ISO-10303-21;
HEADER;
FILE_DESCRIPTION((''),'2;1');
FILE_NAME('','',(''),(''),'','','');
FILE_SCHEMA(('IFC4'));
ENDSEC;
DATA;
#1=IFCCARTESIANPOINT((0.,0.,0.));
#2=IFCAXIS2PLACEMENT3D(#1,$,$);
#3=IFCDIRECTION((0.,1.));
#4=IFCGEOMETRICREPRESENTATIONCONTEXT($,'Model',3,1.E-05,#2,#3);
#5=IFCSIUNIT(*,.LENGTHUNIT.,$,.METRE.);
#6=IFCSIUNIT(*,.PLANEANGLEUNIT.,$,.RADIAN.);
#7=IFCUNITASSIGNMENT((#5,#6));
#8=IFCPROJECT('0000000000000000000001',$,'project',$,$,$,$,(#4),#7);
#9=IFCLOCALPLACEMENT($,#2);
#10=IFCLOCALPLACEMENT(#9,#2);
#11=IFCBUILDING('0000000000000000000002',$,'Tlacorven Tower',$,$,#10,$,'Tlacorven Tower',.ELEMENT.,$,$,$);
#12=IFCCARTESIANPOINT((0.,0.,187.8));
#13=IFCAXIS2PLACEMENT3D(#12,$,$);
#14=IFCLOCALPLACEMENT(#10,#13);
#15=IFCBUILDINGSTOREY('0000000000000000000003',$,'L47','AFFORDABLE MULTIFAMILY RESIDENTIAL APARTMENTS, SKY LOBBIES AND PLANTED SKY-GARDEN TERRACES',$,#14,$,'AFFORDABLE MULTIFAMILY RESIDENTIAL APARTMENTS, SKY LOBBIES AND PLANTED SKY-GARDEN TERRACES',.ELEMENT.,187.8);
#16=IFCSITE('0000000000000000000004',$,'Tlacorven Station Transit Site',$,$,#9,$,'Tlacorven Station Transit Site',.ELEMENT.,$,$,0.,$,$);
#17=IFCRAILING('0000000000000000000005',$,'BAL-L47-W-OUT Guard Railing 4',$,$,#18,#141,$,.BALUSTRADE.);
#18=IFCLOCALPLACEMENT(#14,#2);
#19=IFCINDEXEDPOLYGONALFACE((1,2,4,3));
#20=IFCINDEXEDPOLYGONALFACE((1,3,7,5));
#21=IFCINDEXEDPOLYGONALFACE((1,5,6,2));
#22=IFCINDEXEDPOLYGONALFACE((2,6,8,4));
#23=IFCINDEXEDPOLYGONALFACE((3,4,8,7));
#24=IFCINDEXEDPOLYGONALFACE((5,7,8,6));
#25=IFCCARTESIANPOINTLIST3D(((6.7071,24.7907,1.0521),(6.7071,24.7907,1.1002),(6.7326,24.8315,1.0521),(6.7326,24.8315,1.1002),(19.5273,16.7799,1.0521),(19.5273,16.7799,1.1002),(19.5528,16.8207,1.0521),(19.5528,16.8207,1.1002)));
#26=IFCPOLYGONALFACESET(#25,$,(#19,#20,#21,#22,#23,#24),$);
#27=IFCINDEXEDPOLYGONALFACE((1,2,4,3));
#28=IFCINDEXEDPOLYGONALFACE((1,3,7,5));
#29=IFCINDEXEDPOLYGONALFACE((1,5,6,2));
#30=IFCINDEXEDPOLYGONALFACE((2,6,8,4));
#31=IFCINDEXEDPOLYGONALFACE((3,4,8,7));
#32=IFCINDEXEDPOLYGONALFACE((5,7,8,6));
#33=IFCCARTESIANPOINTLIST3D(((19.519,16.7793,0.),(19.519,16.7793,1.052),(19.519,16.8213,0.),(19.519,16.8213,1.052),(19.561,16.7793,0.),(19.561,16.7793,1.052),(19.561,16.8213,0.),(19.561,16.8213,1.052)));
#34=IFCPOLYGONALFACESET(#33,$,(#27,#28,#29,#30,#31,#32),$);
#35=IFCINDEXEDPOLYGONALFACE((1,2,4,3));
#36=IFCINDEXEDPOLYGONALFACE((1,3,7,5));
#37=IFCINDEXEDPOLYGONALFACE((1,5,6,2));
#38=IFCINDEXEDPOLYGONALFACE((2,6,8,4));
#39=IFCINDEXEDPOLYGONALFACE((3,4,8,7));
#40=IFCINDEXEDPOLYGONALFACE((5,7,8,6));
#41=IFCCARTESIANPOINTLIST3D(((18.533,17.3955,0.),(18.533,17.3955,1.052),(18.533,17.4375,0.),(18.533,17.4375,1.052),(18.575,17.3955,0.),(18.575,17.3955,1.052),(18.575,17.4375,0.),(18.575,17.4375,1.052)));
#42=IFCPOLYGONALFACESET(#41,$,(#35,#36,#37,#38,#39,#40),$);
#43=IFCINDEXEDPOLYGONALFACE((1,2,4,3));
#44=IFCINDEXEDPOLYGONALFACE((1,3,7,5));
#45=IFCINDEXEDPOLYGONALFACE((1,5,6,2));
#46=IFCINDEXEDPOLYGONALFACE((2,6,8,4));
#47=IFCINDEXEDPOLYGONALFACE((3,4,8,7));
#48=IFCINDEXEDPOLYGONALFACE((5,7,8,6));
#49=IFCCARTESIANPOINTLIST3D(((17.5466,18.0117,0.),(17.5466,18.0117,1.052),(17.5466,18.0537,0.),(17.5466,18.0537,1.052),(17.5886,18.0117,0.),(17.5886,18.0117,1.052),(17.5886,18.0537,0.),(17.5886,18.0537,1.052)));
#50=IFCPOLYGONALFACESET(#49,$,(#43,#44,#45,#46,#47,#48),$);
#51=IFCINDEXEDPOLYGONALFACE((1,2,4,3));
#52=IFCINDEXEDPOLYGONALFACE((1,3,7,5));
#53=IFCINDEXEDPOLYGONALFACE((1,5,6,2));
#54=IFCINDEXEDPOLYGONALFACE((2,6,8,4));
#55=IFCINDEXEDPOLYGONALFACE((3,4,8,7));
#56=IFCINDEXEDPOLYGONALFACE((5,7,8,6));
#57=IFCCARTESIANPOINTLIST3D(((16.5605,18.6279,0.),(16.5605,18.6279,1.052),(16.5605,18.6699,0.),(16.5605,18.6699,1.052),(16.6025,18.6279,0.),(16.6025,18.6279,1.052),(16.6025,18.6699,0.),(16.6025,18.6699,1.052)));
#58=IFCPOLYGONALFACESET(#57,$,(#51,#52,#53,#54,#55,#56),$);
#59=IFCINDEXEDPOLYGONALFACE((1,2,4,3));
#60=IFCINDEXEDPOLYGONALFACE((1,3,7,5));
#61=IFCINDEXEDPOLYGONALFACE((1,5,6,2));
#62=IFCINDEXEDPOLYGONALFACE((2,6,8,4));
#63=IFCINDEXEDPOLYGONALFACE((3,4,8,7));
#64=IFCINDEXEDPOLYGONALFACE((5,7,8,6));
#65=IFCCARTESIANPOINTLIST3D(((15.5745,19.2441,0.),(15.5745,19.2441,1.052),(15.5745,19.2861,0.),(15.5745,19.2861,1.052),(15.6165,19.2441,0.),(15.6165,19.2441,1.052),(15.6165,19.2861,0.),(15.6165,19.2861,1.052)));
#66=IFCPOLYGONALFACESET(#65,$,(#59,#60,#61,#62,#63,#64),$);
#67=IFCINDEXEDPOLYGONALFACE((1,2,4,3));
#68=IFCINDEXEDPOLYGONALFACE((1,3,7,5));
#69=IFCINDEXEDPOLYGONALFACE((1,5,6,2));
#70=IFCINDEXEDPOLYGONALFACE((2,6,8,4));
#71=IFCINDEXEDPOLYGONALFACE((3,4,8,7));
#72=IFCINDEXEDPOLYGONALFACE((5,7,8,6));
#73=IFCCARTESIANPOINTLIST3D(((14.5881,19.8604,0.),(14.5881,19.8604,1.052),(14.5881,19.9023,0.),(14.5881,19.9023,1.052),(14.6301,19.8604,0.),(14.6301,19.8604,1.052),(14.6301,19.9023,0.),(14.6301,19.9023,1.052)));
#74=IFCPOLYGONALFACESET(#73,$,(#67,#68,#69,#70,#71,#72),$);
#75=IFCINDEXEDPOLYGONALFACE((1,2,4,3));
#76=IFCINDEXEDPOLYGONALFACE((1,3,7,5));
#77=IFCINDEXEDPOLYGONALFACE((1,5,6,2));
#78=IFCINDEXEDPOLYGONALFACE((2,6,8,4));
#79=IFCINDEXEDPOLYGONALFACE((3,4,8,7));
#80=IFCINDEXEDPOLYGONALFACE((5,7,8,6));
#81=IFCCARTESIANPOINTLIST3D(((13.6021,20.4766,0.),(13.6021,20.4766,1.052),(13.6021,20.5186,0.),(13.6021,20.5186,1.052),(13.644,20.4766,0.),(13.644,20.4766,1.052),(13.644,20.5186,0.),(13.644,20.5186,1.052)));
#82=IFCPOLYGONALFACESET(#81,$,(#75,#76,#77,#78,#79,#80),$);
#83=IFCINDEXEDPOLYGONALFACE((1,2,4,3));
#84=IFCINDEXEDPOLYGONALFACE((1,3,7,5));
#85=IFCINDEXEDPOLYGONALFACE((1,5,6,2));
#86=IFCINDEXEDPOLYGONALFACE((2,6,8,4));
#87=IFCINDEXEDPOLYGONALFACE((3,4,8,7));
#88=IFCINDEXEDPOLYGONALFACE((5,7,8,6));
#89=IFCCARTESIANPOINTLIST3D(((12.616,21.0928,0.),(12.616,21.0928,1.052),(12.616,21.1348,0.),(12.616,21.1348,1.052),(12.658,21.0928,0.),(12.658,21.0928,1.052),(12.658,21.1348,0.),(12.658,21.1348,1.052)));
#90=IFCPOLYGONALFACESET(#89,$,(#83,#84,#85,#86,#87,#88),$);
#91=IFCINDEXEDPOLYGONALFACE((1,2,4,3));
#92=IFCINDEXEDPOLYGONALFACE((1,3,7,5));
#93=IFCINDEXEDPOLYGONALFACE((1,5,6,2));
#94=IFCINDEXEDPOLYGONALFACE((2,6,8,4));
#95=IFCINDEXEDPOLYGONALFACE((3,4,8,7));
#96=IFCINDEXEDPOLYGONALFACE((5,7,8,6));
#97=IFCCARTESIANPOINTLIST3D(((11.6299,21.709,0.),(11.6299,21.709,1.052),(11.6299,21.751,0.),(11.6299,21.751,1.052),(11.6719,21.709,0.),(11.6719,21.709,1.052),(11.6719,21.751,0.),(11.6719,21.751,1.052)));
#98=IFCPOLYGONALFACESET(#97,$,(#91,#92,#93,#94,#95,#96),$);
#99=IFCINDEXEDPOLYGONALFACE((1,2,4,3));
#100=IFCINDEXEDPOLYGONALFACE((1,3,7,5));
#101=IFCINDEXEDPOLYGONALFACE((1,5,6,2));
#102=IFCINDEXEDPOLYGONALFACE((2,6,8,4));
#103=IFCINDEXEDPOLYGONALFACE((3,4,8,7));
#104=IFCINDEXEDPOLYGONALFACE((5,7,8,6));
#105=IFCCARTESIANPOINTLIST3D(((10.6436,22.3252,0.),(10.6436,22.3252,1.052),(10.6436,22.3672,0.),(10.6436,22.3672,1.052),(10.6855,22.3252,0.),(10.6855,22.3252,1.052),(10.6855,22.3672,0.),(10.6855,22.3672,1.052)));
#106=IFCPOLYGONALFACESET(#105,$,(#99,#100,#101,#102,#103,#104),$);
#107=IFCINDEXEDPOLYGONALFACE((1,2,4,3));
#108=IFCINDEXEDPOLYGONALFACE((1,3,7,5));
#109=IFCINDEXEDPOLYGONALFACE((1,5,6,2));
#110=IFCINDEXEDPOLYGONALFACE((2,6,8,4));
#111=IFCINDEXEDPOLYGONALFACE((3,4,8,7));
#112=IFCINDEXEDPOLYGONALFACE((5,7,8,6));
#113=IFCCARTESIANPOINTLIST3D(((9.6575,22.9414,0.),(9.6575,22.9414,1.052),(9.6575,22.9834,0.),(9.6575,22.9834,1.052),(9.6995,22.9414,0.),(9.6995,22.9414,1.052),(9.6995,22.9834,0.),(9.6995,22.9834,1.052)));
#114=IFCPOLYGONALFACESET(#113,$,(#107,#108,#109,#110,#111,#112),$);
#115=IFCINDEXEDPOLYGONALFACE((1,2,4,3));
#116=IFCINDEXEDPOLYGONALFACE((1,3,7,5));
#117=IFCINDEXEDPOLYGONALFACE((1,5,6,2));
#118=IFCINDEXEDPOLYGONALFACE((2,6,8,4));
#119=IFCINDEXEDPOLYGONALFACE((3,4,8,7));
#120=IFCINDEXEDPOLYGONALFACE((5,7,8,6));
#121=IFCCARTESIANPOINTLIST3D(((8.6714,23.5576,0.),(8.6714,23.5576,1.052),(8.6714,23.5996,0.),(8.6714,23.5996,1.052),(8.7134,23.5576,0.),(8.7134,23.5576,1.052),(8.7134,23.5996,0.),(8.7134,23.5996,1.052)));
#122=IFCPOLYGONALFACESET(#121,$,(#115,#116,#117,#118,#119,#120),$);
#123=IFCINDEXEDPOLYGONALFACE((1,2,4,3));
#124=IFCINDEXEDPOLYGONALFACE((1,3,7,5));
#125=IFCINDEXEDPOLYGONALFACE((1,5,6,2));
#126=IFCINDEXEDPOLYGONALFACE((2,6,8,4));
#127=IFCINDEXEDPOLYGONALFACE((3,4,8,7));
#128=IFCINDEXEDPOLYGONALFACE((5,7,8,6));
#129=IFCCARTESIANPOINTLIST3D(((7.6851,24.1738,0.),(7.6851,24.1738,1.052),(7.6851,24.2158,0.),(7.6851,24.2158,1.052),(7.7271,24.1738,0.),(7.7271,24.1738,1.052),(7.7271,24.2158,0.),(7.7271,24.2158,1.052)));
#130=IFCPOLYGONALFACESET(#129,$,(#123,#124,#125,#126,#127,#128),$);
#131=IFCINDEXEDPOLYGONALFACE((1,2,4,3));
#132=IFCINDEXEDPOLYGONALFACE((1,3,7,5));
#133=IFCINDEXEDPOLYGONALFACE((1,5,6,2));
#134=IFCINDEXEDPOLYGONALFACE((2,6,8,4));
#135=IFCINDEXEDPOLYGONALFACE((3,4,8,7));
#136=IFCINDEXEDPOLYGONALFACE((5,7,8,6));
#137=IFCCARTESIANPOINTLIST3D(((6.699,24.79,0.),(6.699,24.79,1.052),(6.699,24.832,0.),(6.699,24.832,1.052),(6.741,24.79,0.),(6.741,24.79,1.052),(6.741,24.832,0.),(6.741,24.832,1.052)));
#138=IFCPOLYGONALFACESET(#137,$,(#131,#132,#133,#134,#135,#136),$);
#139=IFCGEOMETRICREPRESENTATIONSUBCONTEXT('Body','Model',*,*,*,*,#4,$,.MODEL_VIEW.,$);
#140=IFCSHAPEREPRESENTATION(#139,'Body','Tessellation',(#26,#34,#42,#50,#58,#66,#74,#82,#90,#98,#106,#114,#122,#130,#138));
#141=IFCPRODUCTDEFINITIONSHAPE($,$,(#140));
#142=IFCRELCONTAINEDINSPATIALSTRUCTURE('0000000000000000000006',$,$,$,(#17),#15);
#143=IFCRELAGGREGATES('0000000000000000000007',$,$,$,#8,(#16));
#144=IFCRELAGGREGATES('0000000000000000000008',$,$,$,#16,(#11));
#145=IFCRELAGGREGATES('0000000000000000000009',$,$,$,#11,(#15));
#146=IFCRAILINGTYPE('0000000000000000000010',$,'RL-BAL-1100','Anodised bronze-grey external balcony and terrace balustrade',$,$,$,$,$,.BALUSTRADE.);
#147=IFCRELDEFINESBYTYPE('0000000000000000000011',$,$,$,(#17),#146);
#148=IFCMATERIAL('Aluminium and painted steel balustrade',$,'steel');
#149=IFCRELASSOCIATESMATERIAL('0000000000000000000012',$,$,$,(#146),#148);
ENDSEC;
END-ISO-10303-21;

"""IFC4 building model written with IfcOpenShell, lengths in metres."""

from ifc_helpers import new_model, si_unit, direction, frame, origin, origin_2d, place, context, subcontext, project, spatial, rectangle, extrude, source, transform, mapped, material, type_object, element, save


model = new_model("IFC4")

# Units and contexts
model_context = context("Model", 3, precision=1e-05, world=origin(), true_north=direction((0.0, 1.0)))
body_context = subcontext(model_context, "Body", "Model", "MODEL_VIEW")
ifc_project = project(units=[si_unit("LENGTHUNIT", "METRE"), si_unit("PLANEANGLEUNIT", "RADIAN")], contexts=[model_context])

# Site, building, storey
site_placement = place(None, origin())
site = spatial("IfcSite", under=ifc_project, at=site_placement, Name="Tlacorven Station Transit Site", LongName="Tlacorven Station Transit Site", CompositionType="ELEMENT", RefElevation=0.0)
building_placement = place(site_placement, origin())
building = spatial("IfcBuilding", under=site, at=building_placement, Name="Tlacorven Tower", LongName="Tlacorven Tower", CompositionType="ELEMENT")
storey_placement = place(building_placement, frame((0.0, 0.0, 187.8)))
storey = spatial("IfcBuildingStorey", under=building, at=storey_placement, Name="L47", Description="AFFORDABLE MULTIFAMILY RESIDENTIAL APARTMENTS, SKY LOBBIES AND PLANTED SKY-GARDEN TERRACES", LongName="AFFORDABLE MULTIFAMILY RESIDENTIAL APARTMENTS, SKY LOBBIES AND PLANTED SKY-GARDEN TERRACES", CompositionType="ELEMENT", Elevation=187.8)

# Railing
ifc_material_1 = material(Name="Aluminium and painted steel balustrade", Category="steel")
railing_type = type_object("IfcRailingType", Name="RL-BAL-1100", Description="Anodised bronze-grey external balcony and terrace balustrade", PredefinedType="BALUSTRADE", material=ifc_material_1)
shared_shape_1 = source(origin(), body_context, "Body", "SweptSolid", [
    extrude(rectangle(XDim=0.0481, YDim=0.0481, at=origin_2d()), frame((0.0, 0.0, 1.0762), z_axis=(-0.848052, 0.529913, 0.0), x_axis=(-0.529913, -0.848052, 0.0)), (0.0, 0.0, 1.0), 15.1172),
    extrude(rectangle(XDim=0.042, YDim=0.042, at=origin_2d()), origin(), (0.0, 0.0, 1.0), 1.052),
    extrude(rectangle(XDim=0.042, YDim=0.042, at=origin_2d()), frame((-0.9861, 0.6162, 0.0)), (0.0, 0.0, 1.0), 1.052),
    extrude(rectangle(XDim=0.042, YDim=0.042, at=origin_2d()), frame((-1.9724, 1.2324, 0.0)), (0.0, 0.0, 1.0), 1.052),
    extrude(rectangle(XDim=0.042, YDim=0.042, at=origin_2d()), frame((-2.9585, 1.8486, 0.0)), (0.0, 0.0, 1.0), 1.052),
    extrude(rectangle(XDim=0.042, YDim=0.042, at=origin_2d()), frame((-3.9446, 2.4648, 0.0)), (0.0, 0.0, 1.0), 1.052),
    extrude(rectangle(XDim=0.042, YDim=0.042, at=origin_2d()), frame((-4.9309, 3.0811, 0.0)), (0.0, 0.0, 1.0), 1.052),
    extrude(rectangle(XDim=0.042, YDim=0.042, at=origin_2d()), frame((-5.917, 3.6973, 0.0)), (0.0, 0.0, 1.0), 1.052),
    extrude(rectangle(XDim=0.042, YDim=0.042, at=origin_2d()), frame((-6.9031, 4.3135, 0.0)), (0.0, 0.0, 1.0), 1.052),
    extrude(rectangle(XDim=0.042, YDim=0.042, at=origin_2d()), frame((-7.8892, 4.9297, 0.0)), (0.0, 0.0, 1.0), 1.052),
    extrude(rectangle(XDim=0.042, YDim=0.042, at=origin_2d()), frame((-8.8755, 5.5459, 0.0)), (0.0, 0.0, 1.0), 1.052),
    extrude(rectangle(XDim=0.042, YDim=0.042, at=origin_2d()), frame((-9.8616, 6.1621, 0.0)), (0.0, 0.0, 1.0), 1.052),
    extrude(rectangle(XDim=0.042, YDim=0.042, at=origin_2d()), frame((-10.8477, 6.7783, 0.0)), (0.0, 0.0, 1.0), 1.052),
    extrude(rectangle(XDim=0.042, YDim=0.042, at=origin_2d()), frame((-11.834, 7.3945, 0.0)), (0.0, 0.0, 1.0), 1.052),
    extrude(rectangle(XDim=0.042, YDim=0.042, at=origin_2d()), frame((-12.8201, 8.0107, 0.0)), (0.0, 0.0, 1.0), 1.052),
])
railing_1_placement = place(storey_placement, frame((19.54, 16.8003, 0.0)))
element("IfcRailing", 1, at=railing_1_placement, inside=storey, type_object=railing_type, Name="BAL-L47-W-OUT Guard Railing 4", PredefinedType="BALUSTRADE", context=body_context, shape_type="MappedRepresentation", body=[
    mapped(shared_shape_1, transform((0.0, 0.0, 0.0), scale=1.0)),
])

save(model, "model.ifc")
